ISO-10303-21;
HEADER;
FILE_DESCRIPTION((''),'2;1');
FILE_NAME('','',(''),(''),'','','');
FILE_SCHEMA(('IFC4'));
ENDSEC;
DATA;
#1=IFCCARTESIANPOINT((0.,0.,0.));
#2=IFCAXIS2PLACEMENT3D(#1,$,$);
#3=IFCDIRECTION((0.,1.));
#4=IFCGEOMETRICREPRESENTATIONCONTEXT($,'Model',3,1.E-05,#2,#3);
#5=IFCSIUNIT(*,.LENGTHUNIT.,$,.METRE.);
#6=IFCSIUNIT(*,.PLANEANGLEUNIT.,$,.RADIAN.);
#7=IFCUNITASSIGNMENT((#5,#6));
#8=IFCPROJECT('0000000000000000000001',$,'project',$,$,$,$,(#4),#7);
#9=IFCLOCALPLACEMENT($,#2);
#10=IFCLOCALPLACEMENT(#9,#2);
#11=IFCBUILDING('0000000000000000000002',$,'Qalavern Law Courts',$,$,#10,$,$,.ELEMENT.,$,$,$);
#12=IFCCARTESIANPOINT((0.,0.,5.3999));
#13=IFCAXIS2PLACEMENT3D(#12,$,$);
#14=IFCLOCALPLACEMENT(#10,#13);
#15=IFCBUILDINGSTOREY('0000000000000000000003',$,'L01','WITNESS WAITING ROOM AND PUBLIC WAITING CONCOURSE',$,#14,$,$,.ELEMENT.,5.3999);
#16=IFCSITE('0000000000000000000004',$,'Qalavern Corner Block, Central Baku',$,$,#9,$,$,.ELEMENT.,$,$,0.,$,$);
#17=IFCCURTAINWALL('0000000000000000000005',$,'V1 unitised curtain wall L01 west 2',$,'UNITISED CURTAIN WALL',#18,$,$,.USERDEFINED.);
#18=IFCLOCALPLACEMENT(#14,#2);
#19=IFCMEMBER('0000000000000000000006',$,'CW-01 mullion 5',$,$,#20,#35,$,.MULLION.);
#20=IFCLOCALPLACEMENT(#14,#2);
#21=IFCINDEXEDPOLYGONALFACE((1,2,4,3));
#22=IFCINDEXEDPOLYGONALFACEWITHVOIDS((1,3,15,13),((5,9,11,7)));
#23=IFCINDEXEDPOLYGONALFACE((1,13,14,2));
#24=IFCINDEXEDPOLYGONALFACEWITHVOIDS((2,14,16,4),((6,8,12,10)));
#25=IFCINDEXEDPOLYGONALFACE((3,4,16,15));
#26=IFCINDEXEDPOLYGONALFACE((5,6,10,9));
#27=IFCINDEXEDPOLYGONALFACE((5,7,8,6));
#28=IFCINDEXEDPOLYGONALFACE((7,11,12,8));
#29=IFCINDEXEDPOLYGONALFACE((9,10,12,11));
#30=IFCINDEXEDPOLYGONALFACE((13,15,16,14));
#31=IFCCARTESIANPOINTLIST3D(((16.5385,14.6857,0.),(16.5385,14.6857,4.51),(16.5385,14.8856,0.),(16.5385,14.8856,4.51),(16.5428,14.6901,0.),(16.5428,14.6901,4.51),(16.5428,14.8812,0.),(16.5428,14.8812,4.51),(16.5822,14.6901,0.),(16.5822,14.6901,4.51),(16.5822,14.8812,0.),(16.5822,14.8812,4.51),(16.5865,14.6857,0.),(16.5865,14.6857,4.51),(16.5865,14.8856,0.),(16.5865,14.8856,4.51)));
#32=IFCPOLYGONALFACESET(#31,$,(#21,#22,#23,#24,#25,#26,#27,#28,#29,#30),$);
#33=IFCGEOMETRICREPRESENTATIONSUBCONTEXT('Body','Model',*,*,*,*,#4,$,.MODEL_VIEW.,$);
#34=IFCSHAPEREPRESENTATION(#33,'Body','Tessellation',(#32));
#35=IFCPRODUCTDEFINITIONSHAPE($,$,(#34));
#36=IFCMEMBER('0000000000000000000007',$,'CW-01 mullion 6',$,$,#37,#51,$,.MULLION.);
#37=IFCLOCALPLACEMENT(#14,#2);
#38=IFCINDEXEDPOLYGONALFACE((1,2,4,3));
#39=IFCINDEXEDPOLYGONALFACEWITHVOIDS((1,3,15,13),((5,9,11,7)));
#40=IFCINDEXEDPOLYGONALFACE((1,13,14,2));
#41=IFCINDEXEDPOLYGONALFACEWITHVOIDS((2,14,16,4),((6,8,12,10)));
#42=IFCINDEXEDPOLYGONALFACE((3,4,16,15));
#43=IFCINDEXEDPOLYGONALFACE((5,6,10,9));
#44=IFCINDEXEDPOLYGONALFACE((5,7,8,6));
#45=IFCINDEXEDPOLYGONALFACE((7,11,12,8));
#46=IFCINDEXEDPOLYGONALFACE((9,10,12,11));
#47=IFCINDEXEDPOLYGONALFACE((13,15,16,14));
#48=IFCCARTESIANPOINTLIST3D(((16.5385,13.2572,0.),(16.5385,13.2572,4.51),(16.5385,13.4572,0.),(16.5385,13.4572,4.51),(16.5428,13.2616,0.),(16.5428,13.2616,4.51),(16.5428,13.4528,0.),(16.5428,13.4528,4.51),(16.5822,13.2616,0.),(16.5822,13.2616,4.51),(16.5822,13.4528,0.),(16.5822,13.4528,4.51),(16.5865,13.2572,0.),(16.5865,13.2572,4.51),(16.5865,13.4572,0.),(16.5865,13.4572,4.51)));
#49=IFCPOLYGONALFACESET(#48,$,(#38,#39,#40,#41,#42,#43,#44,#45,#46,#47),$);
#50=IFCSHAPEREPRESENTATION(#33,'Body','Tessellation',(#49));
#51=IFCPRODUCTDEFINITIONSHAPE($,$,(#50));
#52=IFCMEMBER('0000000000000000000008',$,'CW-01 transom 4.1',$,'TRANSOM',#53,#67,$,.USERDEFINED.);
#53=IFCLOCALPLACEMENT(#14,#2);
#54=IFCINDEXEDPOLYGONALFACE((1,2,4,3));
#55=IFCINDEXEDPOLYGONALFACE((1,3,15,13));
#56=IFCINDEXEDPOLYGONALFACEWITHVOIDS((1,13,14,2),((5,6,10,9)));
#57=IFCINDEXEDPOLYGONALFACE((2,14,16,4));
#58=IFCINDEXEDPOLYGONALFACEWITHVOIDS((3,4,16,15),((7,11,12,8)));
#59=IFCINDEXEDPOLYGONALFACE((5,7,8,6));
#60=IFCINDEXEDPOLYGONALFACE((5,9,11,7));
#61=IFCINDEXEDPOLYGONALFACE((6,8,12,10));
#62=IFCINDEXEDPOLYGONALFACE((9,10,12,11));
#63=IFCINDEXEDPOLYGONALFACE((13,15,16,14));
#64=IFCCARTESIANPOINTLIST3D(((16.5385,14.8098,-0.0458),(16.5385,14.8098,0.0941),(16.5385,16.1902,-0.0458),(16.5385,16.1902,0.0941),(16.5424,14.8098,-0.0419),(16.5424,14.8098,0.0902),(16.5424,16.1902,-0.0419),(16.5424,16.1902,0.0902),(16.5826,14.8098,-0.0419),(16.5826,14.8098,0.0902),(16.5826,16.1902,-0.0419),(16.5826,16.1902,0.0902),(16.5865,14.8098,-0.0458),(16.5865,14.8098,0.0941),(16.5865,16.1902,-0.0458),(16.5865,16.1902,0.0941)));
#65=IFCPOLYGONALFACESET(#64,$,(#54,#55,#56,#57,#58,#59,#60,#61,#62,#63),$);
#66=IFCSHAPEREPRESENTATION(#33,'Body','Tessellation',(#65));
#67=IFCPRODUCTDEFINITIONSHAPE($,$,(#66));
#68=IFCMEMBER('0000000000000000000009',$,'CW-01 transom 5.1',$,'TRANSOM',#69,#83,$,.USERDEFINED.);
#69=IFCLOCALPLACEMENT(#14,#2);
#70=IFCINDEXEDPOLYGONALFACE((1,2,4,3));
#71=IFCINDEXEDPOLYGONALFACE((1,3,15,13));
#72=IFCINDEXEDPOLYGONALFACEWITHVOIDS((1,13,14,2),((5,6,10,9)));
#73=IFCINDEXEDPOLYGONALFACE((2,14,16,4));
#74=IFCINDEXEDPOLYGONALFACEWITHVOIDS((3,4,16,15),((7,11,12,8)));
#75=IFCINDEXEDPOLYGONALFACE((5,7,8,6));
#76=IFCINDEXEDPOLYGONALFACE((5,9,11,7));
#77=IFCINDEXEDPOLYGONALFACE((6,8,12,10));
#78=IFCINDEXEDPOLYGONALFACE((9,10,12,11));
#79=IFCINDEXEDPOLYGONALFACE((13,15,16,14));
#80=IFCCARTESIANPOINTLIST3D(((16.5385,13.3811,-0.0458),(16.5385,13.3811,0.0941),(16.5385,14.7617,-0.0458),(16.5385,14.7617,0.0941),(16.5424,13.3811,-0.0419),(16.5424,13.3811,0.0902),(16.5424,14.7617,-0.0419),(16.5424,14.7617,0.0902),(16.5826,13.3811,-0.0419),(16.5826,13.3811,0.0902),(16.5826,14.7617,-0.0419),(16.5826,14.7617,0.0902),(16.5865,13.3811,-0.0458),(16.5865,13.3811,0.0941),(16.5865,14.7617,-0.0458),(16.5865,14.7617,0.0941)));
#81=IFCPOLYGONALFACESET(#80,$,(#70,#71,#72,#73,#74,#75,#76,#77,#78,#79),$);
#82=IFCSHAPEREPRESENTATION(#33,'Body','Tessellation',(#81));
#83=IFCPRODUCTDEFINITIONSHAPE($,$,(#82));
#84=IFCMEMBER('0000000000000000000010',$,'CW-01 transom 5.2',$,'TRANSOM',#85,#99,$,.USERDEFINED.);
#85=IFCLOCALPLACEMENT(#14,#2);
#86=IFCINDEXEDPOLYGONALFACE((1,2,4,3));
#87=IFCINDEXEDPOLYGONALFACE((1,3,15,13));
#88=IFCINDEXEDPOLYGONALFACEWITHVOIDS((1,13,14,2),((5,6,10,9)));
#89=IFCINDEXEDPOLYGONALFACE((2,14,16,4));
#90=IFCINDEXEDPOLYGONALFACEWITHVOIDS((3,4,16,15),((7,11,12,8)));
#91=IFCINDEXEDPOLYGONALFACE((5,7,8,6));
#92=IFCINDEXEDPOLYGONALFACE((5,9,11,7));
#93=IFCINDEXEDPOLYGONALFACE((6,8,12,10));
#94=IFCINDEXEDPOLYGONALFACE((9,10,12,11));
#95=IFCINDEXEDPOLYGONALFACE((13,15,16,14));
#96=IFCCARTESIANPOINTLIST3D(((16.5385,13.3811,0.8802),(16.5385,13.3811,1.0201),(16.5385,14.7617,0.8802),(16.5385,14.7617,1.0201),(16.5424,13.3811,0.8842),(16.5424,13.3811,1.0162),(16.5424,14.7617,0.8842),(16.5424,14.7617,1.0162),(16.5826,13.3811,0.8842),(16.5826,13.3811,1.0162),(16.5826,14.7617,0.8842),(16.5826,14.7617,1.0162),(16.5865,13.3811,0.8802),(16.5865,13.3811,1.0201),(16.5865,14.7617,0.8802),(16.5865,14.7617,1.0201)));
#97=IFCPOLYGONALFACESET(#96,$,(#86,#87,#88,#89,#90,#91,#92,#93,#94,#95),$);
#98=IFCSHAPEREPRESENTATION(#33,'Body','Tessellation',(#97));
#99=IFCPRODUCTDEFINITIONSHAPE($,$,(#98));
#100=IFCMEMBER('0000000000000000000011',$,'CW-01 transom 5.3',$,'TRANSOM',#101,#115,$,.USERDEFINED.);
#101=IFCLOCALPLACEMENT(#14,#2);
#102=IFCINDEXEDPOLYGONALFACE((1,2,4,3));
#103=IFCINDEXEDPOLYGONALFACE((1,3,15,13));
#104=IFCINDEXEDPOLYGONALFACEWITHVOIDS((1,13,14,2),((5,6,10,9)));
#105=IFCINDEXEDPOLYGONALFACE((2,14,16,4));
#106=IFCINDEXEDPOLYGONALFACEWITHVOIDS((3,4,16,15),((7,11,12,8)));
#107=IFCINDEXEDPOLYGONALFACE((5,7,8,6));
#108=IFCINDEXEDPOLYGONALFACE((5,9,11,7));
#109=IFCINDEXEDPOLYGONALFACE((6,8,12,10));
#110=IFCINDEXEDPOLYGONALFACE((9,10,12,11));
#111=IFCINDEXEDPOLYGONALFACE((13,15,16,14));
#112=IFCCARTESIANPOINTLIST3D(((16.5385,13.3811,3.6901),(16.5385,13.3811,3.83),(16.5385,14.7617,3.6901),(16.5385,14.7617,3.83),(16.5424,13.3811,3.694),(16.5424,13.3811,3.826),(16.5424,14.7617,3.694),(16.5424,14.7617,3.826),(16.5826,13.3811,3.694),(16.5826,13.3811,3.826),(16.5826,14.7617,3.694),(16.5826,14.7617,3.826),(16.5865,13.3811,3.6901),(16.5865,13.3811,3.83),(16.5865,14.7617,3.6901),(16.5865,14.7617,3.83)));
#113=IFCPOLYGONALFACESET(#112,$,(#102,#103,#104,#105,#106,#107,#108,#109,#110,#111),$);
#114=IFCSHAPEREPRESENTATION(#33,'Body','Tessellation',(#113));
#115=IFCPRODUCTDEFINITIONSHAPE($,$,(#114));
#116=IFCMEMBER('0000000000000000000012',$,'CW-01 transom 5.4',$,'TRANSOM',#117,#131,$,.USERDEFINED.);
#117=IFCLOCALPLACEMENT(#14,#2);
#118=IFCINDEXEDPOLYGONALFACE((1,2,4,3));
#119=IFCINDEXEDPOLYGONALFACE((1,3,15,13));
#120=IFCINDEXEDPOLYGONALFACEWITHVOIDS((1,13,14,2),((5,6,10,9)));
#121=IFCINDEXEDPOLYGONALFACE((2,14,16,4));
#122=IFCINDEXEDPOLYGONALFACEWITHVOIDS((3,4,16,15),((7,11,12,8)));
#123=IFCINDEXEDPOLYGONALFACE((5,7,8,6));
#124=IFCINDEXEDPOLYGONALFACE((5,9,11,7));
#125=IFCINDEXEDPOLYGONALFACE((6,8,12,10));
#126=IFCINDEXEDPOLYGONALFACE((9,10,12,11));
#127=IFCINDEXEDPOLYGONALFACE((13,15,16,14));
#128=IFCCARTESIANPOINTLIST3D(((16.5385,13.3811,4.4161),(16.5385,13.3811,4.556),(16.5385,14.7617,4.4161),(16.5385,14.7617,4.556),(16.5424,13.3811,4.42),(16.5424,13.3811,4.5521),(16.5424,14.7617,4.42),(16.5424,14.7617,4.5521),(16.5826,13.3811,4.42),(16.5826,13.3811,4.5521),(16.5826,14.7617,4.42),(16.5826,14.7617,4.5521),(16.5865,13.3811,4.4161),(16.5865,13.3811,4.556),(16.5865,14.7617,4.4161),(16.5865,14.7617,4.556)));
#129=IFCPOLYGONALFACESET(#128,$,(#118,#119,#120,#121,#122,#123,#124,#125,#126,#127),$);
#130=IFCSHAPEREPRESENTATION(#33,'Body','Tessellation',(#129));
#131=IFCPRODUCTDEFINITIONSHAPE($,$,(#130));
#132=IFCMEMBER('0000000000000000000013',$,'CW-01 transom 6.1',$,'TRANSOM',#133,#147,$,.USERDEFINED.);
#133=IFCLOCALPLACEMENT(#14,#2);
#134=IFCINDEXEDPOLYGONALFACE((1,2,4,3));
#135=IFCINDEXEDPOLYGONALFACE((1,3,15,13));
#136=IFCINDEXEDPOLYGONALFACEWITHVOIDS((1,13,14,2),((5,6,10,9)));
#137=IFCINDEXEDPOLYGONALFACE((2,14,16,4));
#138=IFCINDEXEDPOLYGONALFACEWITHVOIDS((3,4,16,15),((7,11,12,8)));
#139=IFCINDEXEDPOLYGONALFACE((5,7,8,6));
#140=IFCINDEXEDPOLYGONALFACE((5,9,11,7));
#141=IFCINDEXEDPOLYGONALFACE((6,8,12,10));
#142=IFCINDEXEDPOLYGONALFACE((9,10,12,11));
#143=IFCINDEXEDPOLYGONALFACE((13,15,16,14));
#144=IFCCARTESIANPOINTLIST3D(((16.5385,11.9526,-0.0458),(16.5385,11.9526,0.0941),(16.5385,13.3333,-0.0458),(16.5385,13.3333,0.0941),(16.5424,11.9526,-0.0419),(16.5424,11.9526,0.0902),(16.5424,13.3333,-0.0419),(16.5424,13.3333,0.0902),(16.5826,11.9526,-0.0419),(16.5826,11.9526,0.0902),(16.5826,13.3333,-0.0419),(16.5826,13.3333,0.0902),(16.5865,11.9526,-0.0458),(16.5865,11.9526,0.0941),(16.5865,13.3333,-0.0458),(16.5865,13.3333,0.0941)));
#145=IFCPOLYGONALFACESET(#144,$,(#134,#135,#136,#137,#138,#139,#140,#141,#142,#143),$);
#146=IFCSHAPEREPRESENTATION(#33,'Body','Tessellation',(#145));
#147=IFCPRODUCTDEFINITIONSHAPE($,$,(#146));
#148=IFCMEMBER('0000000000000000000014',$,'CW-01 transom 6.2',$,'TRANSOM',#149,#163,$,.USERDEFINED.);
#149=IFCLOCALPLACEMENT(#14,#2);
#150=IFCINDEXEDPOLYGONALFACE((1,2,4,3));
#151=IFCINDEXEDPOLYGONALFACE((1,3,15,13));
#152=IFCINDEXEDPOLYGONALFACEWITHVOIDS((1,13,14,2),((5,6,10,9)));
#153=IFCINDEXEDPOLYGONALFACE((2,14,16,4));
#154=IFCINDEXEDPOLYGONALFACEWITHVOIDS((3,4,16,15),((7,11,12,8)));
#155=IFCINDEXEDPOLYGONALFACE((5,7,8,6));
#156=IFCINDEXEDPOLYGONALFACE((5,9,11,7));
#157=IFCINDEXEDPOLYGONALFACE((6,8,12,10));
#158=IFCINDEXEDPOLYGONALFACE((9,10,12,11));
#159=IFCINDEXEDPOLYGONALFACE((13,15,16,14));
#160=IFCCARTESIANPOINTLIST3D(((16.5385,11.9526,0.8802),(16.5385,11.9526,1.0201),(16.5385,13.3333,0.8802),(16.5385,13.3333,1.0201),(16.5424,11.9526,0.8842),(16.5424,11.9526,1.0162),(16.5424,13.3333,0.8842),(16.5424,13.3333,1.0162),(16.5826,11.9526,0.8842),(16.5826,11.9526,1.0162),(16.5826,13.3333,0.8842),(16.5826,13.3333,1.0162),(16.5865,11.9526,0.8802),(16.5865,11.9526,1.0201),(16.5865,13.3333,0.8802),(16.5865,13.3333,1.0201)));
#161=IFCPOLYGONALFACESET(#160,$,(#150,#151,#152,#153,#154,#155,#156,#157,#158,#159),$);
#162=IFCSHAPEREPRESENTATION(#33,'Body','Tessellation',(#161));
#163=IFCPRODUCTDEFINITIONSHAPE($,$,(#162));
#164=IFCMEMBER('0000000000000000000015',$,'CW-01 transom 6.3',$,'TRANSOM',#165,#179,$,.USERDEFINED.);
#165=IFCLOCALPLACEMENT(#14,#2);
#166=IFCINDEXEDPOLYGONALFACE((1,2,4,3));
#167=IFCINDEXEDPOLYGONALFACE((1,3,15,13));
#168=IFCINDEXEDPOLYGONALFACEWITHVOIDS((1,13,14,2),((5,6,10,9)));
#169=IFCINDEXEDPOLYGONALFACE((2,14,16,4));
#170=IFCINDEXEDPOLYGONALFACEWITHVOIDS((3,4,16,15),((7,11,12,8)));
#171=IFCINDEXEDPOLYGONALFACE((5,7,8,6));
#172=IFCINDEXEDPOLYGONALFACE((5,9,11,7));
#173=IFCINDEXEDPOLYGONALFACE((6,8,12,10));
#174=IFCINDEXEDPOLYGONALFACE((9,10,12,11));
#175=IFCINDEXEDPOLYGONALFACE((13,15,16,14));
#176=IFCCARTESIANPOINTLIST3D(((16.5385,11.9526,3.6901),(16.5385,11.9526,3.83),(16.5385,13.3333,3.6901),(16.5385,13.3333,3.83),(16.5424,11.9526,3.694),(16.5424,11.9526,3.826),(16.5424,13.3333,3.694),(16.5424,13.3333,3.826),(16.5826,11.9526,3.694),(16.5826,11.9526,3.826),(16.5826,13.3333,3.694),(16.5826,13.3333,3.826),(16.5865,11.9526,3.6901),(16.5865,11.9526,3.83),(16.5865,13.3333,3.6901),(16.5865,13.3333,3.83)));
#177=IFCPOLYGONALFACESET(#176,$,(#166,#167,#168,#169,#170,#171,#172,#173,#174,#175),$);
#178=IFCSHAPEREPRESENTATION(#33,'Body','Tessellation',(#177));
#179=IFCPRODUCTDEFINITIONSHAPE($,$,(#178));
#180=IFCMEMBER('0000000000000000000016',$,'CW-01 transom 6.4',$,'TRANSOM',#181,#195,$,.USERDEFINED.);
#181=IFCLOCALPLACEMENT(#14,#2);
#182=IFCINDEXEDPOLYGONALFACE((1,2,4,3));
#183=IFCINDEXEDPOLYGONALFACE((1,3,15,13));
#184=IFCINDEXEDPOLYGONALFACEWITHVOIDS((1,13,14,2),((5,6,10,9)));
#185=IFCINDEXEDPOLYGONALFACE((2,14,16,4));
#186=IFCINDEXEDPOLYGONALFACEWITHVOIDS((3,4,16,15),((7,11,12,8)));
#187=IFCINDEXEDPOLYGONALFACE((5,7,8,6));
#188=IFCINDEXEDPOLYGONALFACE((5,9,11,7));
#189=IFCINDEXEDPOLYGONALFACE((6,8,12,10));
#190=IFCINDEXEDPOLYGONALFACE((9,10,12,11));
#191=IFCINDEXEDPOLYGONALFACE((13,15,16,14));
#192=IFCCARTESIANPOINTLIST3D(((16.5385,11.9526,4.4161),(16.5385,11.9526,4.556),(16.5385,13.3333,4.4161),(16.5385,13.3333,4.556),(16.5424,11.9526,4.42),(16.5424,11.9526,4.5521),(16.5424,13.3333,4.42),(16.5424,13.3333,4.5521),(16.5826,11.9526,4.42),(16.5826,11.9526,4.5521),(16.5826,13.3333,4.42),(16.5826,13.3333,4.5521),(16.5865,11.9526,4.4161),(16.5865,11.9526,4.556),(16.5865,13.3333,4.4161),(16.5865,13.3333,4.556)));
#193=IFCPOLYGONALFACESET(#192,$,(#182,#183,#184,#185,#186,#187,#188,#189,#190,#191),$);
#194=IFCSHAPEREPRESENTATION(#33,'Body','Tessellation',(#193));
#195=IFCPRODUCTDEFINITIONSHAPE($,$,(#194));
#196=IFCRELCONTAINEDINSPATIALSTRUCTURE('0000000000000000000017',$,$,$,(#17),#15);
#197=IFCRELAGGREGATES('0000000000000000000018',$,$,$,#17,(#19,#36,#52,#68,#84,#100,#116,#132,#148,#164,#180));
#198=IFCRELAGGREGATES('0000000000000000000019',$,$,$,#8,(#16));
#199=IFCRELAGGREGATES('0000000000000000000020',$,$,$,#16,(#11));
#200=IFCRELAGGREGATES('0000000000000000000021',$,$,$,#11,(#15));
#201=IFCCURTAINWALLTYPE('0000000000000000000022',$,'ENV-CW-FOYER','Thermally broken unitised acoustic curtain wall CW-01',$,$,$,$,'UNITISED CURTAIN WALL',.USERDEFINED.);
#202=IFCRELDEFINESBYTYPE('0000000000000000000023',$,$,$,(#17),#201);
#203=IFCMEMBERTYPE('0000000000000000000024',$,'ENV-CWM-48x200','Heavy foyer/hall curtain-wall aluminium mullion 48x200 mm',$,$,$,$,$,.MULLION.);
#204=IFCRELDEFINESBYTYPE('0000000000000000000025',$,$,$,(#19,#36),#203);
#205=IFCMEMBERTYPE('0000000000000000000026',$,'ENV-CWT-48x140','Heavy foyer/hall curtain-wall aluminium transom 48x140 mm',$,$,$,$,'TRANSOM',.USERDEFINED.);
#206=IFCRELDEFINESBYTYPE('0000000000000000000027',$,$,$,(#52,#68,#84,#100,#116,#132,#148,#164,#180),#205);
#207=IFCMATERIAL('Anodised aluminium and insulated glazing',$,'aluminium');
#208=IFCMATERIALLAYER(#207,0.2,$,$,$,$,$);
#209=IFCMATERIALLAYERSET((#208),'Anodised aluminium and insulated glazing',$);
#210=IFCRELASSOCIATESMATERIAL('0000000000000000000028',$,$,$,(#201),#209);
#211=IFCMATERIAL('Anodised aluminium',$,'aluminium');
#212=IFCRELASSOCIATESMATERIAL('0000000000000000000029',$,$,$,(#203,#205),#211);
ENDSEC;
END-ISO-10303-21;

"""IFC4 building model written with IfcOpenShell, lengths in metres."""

from ifc_helpers import new_model, si_unit, direction, frame, origin, origin_2d, place, context, subcontext, project, spatial, hollow_rectangle, extrude, material, layer, layer_set, material_profile, profile_set, type_object, element, aggregate, save


model = new_model("IFC4")

# Units and contexts
model_context = context("Model", 3, precision=1e-05, world=origin(), true_north=direction((0.0, 1.0)))
body_context = subcontext(model_context, "Body", "Model", "MODEL_VIEW")
ifc_project = project(units=[si_unit("LENGTHUNIT", "METRE"), si_unit("PLANEANGLEUNIT", "RADIAN")], contexts=[model_context])

# Site, building, storey
site_placement = place(None, origin())
site = spatial("IfcSite", under=ifc_project, at=site_placement, Name="Qalavern Corner Block, Central Baku", CompositionType="ELEMENT", RefElevation=0.0)
building_placement = place(site_placement, origin())
building = spatial("IfcBuilding", under=site, at=building_placement, Name="Qalavern Law Courts", CompositionType="ELEMENT")
storey_placement = place(building_placement, frame((0.0, 0.0, 5.3999)))
storey = spatial("IfcBuildingStorey", under=building, at=storey_placement, Name="L01", Description="WITNESS WAITING ROOM AND PUBLIC WAITING CONCOURSE", CompositionType="ELEMENT", Elevation=5.3999)

# Curtain wall, members
ifc_material_1 = material(Name="Anodised aluminium and insulated glazing", Category="aluminium")
ifc_layer_1 = layer(ifc_material_1, 0.2)
ifc_layer_set_1 = layer_set([ifc_layer_1], Name="Anodised aluminium and insulated glazing")
curtain_wall_type = type_object("IfcCurtainWallType", Name="ENV-CW-FOYER", Description="Thermally broken unitised acoustic curtain wall CW-01", ElementType="UNITISED CURTAIN WALL", PredefinedType="USERDEFINED", material=ifc_layer_set_1)
curtain_wall_placement = place(storey_placement, origin())
curtain_wall = element("IfcCurtainWall", 1, at=curtain_wall_placement, inside=storey, type_object=curtain_wall_type, Name="V1 unitised curtain wall L01 west 2", ObjectType="UNITISED CURTAIN WALL", PredefinedType="USERDEFINED")
ifc_material_2 = material(Name="Anodised aluminium", Category="aluminium")
ifc_material_profile_1 = material_profile(ifc_material_2, hollow_rectangle(XDim=0.0481, YDim=0.2, WallThickness=0.0044, at=origin_2d()), Name="ALU MULLION 48x200")
ifc_profile_set_1 = profile_set([ifc_material_profile_1], Name="Anodised aluminium")
member_type_1 = type_object("IfcMemberType", Name="ENV-CWM-48x200", Description="Heavy foyer/hall curtain-wall aluminium mullion 48x200 mm", PredefinedType="MULLION", material=ifc_profile_set_1)
member_1_placement = place(storey_placement, frame((16.5625, 14.7856, 0.0), z_axis=(0.0, 0.0, 1.0), x_axis=(1.0, 0.0, 0.0)))
member_1 = element("IfcMember", 2, at=member_1_placement, type_object=member_type_1, Name="CW-01 mullion 5", PredefinedType="MULLION", context=body_context, shape_type="SweptSolid", body=[
    extrude(hollow_rectangle(XDim=0.0481, YDim=0.2, WallThickness=0.0044, at=origin_2d()), origin(), (0.0, 0.0, 1.0), 4.51),
])
member_2_placement = place(storey_placement, frame((16.5625, 13.3572, 0.0), z_axis=(0.0, 0.0, 1.0), x_axis=(1.0, 0.0, 0.0)))
member_2 = element("IfcMember", 3, at=member_2_placement, type_object=member_type_1, Name="CW-01 mullion 6", PredefinedType="MULLION", context=body_context, shape_type="SweptSolid", body=[
    extrude(hollow_rectangle(XDim=0.0481, YDim=0.2, WallThickness=0.0044, at=origin_2d()), origin(), (0.0, 0.0, 1.0), 4.51),
])
ifc_material_profile_2 = material_profile(ifc_material_2, hollow_rectangle(XDim=0.0481, YDim=0.1399, WallThickness=0.0039, at=origin_2d()), Name="ALU TRANSOM 48x140")
ifc_profile_set_2 = profile_set([ifc_material_profile_2], Name="Anodised aluminium")
member_type_2 = type_object("IfcMemberType", Name="ENV-CWT-48x140", Description="Heavy foyer/hall curtain-wall aluminium transom 48x140 mm", ElementType="TRANSOM", PredefinedType="USERDEFINED", material=ifc_profile_set_2)
member_3_placement = place(storey_placement, frame((16.5625, 16.1902, 0.0242), z_axis=(0.0, -1.0, 0.0), x_axis=(1.0, 0.0, 0.0)))
member_3 = element("IfcMember", 4, at=member_3_placement, type_object=member_type_2, Name="CW-01 transom 4.1", ObjectType="TRANSOM", PredefinedType="USERDEFINED", context=body_context, shape_type="SweptSolid", body=[
    extrude(hollow_rectangle(XDim=0.0481, YDim=0.1399, WallThickness=0.0039, at=origin_2d()), origin(), (0.0, 0.0, 1.0), 1.3804),
])
member_4_placement = place(storey_placement, frame((16.5625, 14.7617, 0.0242), z_axis=(0.0, -1.0, 0.0), x_axis=(1.0, 0.0, 0.0)))
member_4 = element("IfcMember", 5, at=member_4_placement, type_object=member_type_2, Name="CW-01 transom 5.1", ObjectType="TRANSOM", PredefinedType="USERDEFINED", context=body_context, shape_type="SweptSolid", body=[
    extrude(hollow_rectangle(XDim=0.0481, YDim=0.1399, WallThickness=0.0039, at=origin_2d()), origin(), (0.0, 0.0, 1.0), 1.3806),
])
member_5_placement = place(storey_placement, frame((16.5625, 14.7617, 0.9502), z_axis=(0.0, -1.0, 0.0), x_axis=(1.0, 0.0, 0.0)))
member_5 = element("IfcMember", 6, at=member_5_placement, type_object=member_type_2, Name="CW-01 transom 5.2", ObjectType="TRANSOM", PredefinedType="USERDEFINED", context=body_context, shape_type="SweptSolid", body=[
    extrude(hollow_rectangle(XDim=0.0481, YDim=0.1399, WallThickness=0.0039, at=origin_2d()), origin(), (0.0, 0.0, 1.0), 1.3806),
])
member_6_placement = place(storey_placement, frame((16.5625, 14.7617, 3.76), z_axis=(0.0, -1.0, 0.0), x_axis=(1.0, 0.0, 0.0)))
member_6 = element("IfcMember", 7, at=member_6_placement, type_object=member_type_2, Name="CW-01 transom 5.3", ObjectType="TRANSOM", PredefinedType="USERDEFINED", context=body_context, shape_type="SweptSolid", body=[
    extrude(hollow_rectangle(XDim=0.0481, YDim=0.1399, WallThickness=0.0039, at=origin_2d()), origin(), (0.0, 0.0, 1.0), 1.3806),
])
member_7_placement = place(storey_placement, frame((16.5625, 14.7617, 4.4861), z_axis=(0.0, -1.0, 0.0), x_axis=(1.0, 0.0, 0.0)))
member_7 = element("IfcMember", 8, at=member_7_placement, type_object=member_type_2, Name="CW-01 transom 5.4", ObjectType="TRANSOM", PredefinedType="USERDEFINED", context=body_context, shape_type="SweptSolid", body=[
    extrude(hollow_rectangle(XDim=0.0481, YDim=0.1399, WallThickness=0.0039, at=origin_2d()), origin(), (0.0, 0.0, 1.0), 1.3806),
])
member_8_placement = place(storey_placement, frame((16.5625, 13.3333, 0.0242), z_axis=(0.0, -1.0, 0.0), x_axis=(1.0, 0.0, 0.0)))
member_8 = element("IfcMember", 9, at=member_8_placement, type_object=member_type_2, Name="CW-01 transom 6.1", ObjectType="TRANSOM", PredefinedType="USERDEFINED", context=body_context, shape_type="SweptSolid", body=[
    extrude(hollow_rectangle(XDim=0.0481, YDim=0.1399, WallThickness=0.0039, at=origin_2d()), origin(), (0.0, 0.0, 1.0), 1.3806),
])
member_9_placement = place(storey_placement, frame((16.5625, 13.3333, 0.9502), z_axis=(0.0, -1.0, 0.0), x_axis=(1.0, 0.0, 0.0)))
member_9 = element("IfcMember", 10, at=member_9_placement, type_object=member_type_2, Name="CW-01 transom 6.2", ObjectType="TRANSOM", PredefinedType="USERDEFINED", context=body_context, shape_type="SweptSolid", body=[
    extrude(hollow_rectangle(XDim=0.0481, YDim=0.1399, WallThickness=0.0039, at=origin_2d()), origin(), (0.0, 0.0, 1.0), 1.3806),
])
member_10_placement = place(storey_placement, frame((16.5625, 13.3333, 3.76), z_axis=(0.0, -1.0, 0.0), x_axis=(1.0, 0.0, 0.0)))
member_10 = element("IfcMember", 11, at=member_10_placement, type_object=member_type_2, Name="CW-01 transom 6.3", ObjectType="TRANSOM", PredefinedType="USERDEFINED", context=body_context, shape_type="SweptSolid", body=[
    extrude(hollow_rectangle(XDim=0.0481, YDim=0.1399, WallThickness=0.0039, at=origin_2d()), origin(), (0.0, 0.0, 1.0), 1.3806),
])
member_11_placement = place(storey_placement, frame((16.5625, 13.3333, 4.4861), z_axis=(0.0, -1.0, 0.0), x_axis=(1.0, 0.0, 0.0)))
member_11 = element("IfcMember", 12, at=member_11_placement, type_object=member_type_2, Name="CW-01 transom 6.4", ObjectType="TRANSOM", PredefinedType="USERDEFINED", context=body_context, shape_type="SweptSolid", body=[
    extrude(hollow_rectangle(XDim=0.0481, YDim=0.1399, WallThickness=0.0039, at=origin_2d()), origin(), (0.0, 0.0, 1.0), 1.3806),
])

aggregate(curtain_wall, [member_1, member_2, member_3, member_4, member_5, member_6, member_7, member_8, member_9, member_10, member_11])

save(model, "model.ifc")
